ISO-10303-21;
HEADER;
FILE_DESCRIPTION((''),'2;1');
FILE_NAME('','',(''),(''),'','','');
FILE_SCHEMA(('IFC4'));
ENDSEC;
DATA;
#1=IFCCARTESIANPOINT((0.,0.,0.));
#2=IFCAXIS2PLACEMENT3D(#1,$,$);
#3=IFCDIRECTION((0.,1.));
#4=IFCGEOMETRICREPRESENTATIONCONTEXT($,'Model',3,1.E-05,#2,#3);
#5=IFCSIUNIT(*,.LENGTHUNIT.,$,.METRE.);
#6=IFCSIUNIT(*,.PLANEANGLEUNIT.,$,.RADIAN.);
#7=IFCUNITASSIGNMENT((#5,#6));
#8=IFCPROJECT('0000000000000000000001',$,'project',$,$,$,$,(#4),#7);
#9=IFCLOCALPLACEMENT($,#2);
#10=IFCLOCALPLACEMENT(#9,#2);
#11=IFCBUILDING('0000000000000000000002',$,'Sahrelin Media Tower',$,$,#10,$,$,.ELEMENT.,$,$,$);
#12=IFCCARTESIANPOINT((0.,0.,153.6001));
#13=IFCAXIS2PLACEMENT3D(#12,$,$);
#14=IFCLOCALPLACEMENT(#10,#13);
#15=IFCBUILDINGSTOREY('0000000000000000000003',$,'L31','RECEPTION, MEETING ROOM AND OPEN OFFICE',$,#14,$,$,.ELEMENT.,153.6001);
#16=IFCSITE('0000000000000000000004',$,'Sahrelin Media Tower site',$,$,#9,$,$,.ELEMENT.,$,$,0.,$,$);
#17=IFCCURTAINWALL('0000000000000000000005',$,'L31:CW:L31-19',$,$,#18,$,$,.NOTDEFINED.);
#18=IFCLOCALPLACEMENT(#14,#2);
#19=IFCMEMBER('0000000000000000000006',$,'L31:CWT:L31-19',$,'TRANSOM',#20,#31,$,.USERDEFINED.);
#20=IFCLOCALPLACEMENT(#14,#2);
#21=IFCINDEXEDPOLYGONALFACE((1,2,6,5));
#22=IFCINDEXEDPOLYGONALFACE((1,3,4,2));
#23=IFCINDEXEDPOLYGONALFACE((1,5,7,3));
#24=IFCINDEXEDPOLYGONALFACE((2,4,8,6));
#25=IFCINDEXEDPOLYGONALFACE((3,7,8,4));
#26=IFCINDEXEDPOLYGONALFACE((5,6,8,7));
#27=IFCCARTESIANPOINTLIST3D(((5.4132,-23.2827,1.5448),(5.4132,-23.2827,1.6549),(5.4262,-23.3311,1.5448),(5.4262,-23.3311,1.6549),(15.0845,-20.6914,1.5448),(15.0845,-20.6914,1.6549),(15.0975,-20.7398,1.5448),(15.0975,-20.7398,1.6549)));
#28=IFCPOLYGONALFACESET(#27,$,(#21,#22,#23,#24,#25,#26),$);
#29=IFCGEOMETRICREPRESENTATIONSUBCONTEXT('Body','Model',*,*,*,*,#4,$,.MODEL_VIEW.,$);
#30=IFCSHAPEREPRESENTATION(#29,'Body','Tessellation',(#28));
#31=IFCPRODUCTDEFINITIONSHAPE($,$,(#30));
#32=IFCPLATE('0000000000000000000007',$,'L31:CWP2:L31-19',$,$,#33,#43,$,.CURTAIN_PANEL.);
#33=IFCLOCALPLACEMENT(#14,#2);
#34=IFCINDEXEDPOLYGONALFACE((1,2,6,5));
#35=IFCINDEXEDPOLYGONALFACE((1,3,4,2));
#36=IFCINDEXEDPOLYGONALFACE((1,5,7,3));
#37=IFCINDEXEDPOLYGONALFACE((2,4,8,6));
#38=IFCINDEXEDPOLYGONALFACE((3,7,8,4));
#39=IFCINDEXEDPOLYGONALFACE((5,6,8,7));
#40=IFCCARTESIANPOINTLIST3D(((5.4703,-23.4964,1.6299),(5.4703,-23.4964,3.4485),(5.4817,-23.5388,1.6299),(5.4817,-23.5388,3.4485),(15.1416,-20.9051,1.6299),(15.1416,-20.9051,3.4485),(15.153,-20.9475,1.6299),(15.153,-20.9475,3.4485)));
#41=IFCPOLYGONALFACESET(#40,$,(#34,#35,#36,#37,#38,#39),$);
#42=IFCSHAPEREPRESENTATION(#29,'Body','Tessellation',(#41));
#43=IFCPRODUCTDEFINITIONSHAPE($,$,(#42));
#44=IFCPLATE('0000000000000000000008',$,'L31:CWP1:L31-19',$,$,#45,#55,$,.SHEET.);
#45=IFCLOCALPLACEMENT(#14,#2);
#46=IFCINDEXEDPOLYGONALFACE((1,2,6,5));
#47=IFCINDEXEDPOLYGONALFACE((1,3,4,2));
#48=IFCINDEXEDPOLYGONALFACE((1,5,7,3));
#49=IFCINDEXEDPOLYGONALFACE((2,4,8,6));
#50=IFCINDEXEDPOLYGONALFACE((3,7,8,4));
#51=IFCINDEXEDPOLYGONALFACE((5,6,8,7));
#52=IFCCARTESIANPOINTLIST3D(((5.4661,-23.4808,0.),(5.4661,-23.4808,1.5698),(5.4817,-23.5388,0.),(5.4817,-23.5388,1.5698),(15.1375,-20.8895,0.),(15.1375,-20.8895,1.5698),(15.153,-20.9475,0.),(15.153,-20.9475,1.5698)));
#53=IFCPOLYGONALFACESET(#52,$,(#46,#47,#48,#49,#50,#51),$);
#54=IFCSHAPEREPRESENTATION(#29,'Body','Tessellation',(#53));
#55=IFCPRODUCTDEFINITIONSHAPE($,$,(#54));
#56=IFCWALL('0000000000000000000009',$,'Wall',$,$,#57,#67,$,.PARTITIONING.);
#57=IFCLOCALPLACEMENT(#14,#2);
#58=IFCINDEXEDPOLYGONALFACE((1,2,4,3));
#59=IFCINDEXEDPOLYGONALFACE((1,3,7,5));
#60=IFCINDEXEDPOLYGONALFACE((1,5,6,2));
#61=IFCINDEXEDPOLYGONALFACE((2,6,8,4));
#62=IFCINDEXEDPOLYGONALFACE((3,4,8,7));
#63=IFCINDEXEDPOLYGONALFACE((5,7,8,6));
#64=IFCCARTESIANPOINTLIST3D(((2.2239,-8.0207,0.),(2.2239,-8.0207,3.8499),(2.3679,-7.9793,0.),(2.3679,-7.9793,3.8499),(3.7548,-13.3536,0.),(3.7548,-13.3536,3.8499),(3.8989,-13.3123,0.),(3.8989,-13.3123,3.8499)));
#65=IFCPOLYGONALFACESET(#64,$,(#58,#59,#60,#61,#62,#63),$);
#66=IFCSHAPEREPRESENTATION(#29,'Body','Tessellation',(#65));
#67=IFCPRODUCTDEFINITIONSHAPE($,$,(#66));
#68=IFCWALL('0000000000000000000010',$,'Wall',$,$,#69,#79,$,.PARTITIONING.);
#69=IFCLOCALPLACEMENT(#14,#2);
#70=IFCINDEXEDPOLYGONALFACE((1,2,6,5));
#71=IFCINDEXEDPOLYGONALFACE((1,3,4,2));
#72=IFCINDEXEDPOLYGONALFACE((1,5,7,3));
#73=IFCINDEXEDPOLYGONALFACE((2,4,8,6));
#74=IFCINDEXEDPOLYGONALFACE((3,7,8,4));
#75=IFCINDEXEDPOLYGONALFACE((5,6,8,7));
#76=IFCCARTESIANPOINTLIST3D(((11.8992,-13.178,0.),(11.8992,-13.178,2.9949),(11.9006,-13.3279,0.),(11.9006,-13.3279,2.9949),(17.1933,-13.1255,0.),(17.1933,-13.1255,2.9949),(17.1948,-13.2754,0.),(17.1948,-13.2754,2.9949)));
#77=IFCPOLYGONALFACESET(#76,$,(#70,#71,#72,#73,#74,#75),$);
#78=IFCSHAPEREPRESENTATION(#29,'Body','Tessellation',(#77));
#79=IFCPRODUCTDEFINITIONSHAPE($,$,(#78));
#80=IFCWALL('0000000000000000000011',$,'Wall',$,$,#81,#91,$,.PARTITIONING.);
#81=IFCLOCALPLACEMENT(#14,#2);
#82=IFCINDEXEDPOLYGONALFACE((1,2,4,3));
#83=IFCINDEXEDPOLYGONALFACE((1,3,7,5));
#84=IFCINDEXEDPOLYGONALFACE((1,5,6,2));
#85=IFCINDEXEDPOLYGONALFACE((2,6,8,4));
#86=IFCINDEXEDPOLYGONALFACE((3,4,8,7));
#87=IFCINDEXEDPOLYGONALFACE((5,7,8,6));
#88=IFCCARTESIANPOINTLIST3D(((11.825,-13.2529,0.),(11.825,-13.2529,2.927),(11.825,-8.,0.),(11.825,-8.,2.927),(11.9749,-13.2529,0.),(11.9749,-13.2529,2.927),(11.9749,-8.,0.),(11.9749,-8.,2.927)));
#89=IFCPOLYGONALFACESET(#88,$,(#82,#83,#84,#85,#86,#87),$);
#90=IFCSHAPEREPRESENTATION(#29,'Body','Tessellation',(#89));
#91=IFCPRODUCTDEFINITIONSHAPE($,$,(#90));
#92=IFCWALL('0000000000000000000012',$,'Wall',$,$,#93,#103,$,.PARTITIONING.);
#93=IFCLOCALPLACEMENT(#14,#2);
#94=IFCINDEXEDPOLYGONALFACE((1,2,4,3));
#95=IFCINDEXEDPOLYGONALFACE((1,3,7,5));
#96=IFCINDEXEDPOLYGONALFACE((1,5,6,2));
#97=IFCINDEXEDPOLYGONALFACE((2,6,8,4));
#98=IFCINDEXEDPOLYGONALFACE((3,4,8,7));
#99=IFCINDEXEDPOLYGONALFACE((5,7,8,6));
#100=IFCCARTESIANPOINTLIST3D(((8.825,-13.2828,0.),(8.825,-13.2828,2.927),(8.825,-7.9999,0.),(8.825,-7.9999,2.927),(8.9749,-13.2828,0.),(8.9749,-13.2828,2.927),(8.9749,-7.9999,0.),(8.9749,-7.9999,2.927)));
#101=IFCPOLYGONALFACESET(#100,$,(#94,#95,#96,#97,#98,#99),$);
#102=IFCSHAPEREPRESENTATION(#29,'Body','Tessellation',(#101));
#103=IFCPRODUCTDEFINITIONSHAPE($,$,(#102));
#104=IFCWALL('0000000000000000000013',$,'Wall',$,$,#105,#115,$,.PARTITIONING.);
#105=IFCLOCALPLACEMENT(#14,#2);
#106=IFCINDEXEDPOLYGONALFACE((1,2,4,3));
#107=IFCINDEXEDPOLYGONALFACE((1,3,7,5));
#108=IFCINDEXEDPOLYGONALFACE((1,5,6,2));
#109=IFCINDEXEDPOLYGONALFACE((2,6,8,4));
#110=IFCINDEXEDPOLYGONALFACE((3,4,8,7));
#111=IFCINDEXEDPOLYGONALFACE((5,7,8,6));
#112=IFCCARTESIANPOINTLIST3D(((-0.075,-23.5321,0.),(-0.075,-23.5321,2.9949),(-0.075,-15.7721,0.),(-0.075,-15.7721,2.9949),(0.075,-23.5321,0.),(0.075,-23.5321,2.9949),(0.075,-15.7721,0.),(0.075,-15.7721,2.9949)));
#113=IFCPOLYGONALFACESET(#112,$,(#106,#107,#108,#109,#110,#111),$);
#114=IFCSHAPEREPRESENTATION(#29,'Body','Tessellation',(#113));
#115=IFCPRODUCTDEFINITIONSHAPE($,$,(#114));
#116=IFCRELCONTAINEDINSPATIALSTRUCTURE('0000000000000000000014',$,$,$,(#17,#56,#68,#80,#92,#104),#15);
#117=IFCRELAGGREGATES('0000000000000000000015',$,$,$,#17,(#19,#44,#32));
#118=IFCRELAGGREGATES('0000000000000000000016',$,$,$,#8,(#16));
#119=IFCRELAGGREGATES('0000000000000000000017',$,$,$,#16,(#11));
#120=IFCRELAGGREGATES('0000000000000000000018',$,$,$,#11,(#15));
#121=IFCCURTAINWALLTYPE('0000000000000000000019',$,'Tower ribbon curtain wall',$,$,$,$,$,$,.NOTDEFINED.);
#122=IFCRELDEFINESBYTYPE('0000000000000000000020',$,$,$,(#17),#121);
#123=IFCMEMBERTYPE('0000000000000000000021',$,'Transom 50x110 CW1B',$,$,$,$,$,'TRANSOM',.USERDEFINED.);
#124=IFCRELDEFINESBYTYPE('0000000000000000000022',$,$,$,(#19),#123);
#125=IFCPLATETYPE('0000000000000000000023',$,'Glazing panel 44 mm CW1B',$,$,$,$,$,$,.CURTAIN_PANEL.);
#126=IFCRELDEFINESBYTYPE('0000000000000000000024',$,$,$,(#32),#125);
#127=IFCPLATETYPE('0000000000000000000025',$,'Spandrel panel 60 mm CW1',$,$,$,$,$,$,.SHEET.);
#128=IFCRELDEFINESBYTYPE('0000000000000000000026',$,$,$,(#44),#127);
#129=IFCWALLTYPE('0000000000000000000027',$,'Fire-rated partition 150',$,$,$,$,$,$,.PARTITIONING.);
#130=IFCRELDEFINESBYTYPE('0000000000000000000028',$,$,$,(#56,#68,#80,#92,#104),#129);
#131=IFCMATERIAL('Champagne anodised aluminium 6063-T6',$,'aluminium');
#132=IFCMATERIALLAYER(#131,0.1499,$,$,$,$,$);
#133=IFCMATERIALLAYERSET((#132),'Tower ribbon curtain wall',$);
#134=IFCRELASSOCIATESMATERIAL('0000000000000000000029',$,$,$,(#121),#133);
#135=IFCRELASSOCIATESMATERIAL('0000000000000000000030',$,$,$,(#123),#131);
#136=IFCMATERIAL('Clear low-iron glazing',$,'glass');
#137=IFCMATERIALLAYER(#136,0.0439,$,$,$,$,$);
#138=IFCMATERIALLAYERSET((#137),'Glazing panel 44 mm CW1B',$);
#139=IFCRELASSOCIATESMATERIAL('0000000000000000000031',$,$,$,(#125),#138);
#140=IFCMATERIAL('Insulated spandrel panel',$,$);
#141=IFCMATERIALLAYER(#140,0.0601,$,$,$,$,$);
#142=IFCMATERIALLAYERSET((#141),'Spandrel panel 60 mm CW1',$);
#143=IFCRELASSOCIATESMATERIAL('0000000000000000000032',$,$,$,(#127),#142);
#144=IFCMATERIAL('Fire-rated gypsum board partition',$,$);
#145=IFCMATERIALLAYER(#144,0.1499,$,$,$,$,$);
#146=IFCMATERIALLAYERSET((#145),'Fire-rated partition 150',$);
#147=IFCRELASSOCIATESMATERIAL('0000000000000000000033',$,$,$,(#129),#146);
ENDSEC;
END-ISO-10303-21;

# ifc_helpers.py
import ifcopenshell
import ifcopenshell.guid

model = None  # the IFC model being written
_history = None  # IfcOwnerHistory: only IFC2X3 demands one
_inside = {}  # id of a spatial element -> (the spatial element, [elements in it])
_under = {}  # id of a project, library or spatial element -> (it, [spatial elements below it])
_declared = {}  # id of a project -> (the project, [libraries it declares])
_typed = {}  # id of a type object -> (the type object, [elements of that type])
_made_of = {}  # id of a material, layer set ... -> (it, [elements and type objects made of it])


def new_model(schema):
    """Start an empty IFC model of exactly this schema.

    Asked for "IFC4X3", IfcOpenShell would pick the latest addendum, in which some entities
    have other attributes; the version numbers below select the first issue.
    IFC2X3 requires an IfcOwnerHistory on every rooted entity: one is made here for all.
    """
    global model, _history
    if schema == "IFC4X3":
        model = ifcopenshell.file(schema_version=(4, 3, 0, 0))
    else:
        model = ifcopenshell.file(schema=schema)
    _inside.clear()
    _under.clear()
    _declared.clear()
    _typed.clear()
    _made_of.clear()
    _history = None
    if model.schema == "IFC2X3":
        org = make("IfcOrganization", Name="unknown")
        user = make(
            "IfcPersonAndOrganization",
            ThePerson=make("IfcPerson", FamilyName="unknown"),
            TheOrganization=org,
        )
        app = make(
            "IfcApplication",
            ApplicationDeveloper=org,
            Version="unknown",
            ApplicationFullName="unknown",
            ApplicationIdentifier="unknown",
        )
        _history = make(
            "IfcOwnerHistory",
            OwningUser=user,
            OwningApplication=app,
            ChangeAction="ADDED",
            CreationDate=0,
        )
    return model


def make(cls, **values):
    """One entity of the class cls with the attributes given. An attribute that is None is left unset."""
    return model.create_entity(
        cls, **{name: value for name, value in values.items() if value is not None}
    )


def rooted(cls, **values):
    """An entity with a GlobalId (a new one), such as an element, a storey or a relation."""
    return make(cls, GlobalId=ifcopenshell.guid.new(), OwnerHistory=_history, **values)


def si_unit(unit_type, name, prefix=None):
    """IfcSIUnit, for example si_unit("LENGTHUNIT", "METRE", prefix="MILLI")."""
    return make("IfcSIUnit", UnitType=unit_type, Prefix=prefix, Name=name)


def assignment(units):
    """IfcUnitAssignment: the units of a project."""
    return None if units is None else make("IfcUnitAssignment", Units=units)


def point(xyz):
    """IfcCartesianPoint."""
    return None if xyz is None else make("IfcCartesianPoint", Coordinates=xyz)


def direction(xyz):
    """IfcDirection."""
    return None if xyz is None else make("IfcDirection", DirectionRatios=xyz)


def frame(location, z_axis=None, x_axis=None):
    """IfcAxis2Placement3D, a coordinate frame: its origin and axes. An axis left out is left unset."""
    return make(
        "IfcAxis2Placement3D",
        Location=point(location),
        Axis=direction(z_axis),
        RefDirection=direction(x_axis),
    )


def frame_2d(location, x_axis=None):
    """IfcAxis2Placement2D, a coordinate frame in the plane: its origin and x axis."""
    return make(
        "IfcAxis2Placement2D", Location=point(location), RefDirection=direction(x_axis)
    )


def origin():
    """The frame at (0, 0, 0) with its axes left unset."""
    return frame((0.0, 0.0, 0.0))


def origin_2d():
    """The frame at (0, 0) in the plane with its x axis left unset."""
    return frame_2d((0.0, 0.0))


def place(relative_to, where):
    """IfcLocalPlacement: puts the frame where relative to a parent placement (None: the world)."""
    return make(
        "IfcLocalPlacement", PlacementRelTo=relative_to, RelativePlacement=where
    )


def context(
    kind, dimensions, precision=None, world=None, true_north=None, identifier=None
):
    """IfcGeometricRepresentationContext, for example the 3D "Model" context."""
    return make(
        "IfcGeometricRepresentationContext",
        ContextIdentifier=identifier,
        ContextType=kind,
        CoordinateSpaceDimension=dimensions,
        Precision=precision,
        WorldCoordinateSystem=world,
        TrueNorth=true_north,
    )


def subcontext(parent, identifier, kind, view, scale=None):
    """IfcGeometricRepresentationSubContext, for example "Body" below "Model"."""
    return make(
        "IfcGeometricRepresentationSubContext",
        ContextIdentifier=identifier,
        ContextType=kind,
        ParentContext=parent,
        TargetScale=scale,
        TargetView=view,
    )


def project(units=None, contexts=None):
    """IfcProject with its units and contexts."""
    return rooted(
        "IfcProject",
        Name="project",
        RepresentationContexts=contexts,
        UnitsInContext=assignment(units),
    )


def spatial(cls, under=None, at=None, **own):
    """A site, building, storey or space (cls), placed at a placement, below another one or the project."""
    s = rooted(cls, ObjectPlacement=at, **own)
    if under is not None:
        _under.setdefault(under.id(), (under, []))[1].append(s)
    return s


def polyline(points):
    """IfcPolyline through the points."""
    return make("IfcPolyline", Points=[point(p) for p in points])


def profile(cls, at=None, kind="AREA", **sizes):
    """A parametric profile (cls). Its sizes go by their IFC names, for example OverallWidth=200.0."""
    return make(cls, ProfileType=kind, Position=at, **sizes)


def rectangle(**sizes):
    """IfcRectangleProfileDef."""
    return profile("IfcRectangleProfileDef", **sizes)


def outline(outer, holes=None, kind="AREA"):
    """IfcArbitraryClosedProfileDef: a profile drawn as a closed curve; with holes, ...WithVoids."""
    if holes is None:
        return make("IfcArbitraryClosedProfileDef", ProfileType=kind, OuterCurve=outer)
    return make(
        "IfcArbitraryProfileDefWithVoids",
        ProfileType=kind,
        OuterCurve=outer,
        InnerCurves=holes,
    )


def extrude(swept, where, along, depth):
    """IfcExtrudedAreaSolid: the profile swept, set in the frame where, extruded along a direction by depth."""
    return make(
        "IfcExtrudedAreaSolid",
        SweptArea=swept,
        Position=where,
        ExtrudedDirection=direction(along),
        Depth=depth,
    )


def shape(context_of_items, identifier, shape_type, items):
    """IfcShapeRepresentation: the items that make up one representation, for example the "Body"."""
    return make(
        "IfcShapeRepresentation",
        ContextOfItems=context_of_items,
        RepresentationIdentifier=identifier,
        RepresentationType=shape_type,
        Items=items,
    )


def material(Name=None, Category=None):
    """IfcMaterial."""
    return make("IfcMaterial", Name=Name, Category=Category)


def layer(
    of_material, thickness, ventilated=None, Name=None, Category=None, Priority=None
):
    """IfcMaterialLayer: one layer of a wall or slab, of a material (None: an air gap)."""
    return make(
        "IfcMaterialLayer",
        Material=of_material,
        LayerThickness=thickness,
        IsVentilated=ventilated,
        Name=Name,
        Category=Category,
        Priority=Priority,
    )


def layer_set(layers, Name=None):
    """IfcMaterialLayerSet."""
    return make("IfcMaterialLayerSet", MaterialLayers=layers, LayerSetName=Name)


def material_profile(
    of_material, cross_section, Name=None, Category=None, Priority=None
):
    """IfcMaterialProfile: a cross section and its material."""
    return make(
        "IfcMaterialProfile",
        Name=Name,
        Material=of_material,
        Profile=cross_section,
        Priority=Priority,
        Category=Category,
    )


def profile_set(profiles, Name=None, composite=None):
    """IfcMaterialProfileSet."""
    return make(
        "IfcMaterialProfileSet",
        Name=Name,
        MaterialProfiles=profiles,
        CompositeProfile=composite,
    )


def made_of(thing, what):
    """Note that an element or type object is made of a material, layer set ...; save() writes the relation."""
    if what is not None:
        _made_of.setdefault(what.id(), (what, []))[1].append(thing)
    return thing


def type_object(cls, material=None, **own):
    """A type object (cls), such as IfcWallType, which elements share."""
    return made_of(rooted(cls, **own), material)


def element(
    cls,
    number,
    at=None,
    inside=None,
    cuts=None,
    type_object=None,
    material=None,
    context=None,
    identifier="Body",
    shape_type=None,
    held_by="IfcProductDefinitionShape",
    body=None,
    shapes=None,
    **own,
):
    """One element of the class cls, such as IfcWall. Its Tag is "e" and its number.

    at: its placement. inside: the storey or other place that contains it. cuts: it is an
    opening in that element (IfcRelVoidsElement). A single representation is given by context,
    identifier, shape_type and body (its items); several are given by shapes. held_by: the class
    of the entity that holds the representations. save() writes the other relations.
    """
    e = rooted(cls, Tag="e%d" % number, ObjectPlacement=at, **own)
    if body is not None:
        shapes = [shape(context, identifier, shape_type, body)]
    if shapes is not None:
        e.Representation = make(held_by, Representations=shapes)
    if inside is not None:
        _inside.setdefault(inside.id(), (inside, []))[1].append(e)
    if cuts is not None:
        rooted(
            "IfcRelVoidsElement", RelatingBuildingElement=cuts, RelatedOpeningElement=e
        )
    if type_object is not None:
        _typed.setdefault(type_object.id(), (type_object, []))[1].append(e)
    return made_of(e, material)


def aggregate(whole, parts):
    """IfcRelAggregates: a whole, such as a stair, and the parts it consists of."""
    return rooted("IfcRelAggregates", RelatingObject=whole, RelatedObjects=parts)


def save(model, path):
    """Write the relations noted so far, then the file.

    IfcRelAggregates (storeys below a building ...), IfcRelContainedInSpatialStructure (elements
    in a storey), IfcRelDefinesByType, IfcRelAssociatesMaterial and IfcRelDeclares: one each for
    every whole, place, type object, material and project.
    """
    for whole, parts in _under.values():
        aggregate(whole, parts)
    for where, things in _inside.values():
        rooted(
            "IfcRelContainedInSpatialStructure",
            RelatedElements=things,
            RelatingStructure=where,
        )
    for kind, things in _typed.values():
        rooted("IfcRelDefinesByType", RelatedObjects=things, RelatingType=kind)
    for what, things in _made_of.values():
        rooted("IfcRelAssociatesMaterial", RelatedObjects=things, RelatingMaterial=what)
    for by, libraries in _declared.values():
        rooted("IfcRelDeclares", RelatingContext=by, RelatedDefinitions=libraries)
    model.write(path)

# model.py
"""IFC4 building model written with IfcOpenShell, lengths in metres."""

from ifc_helpers import new_model, si_unit, direction, frame, frame_2d, origin, origin_2d, place, context, subcontext, project, spatial, polyline, rectangle, outline, extrude, material, layer, layer_set, material_profile, profile_set, type_object, element, aggregate, save


model = new_model("IFC4")

# Units and contexts
model_context = context("Model", 3, precision=1e-05, world=origin(), true_north=direction((0.0, 1.0)))
body_context = subcontext(model_context, "Body", "Model", "MODEL_VIEW")
ifc_project = project(units=[si_unit("LENGTHUNIT", "METRE"), si_unit("PLANEANGLEUNIT", "RADIAN")], contexts=[model_context])

# Site, building, storey
site_placement = place(None, origin())
site = spatial("IfcSite", under=ifc_project, at=site_placement, Name="Sahrelin Media Tower site", CompositionType="ELEMENT", RefElevation=0.0)
building_placement = place(site_placement, origin())
building = spatial("IfcBuilding", under=site, at=building_placement, Name="Sahrelin Media Tower", CompositionType="ELEMENT")
storey_placement = place(building_placement, frame((0.0, 0.0, 153.6001)))
storey = spatial("IfcBuildingStorey", under=building, at=storey_placement, Name="L31", Description="RECEPTION, MEETING ROOM AND OPEN OFFICE", CompositionType="ELEMENT", Elevation=153.6001)

# Curtain wall
ifc_material_1 = material(Name="Champagne anodised aluminium 6063-T6", Category="aluminium")
ifc_layer_1 = layer(ifc_material_1, 0.1499)
ifc_layer_set_1 = layer_set([ifc_layer_1], Name="Tower ribbon curtain wall")
curtain_wall_type = type_object("IfcCurtainWallType", Name="Tower ribbon curtain wall", PredefinedType="NOTDEFINED", material=ifc_layer_set_1)
curtain_wall_1_placement = place(storey_placement, frame((10.3123, -22.2236, 0.0), z_axis=(0.0, 0.0, 1.0), x_axis=(1.0, 0.0, 0.0)))
curtain_wall_1 = element("IfcCurtainWall", 1, at=curtain_wall_1_placement, inside=storey, type_object=curtain_wall_type, Name="L31:CW:L31-19", PredefinedType="NOTDEFINED")

# Member
ifc_material_profile_1 = material_profile(ifc_material_1, rectangle(XDim=0.05, YDim=0.1101, at=origin_2d()), Name="Transom 50x110")
ifc_profile_set_1 = profile_set([ifc_material_profile_1], Name="Champagne anodised aluminium 6063-T6")
member_type_1 = type_object("IfcMemberType", Name="Transom 50x110 CW1B", ElementType="TRANSOM", PredefinedType="USERDEFINED", material=ifc_profile_set_1)
member_1_placement = place(storey_placement, frame((5.4197, -23.3069, 1.5999), z_axis=(0.965929, 0.258807, 0.0), x_axis=(-0.258807, 0.965929, 0.0)))
member_1 = element("IfcMember", 2, at=member_1_placement, type_object=member_type_1, Name="L31:CWT:L31-19", ObjectType="TRANSOM", PredefinedType="USERDEFINED", context=body_context, shape_type="SweptSolid", body=[
    extrude(rectangle(XDim=0.05, YDim=0.1101, at=origin_2d()), origin(), (0.0, 0.0, 1.0), 10.0125),
])

# Plates
ifc_material_2 = material(Name="Clear low-iron glazing", Category="glass")
ifc_layer_2 = layer(ifc_material_2, 0.0439)
ifc_layer_set_2 = layer_set([ifc_layer_2], Name="Glazing panel 44 mm CW1B")
plate_type_1 = type_object("IfcPlateType", Name="Glazing panel 44 mm CW1B", PredefinedType="CURTAIN_PANEL", material=ifc_layer_set_2)
plate_1_placement = place(storey_placement, frame((5.4817, -23.5388, 1.6299), z_axis=(0.258807, -0.965929, 0.0), x_axis=(0.965929, 0.258807, 0.0)))
plate_1 = element("IfcPlate", 3, at=plate_1_placement, type_object=plate_type_1, Name="L31:CWP2:L31-19", PredefinedType="CURTAIN_PANEL", context=body_context, shape_type="SweptSolid", body=[
    extrude(outline(polyline([(0.0, 0.0), (10.0125, 0.0), (10.0125, 1.8186), (0.0, 1.8186), (0.0, 0.0)])), origin(), (0.0, 0.0, -1.0), 0.0439),
])
ifc_material_3 = material(Name="Insulated spandrel panel")
ifc_layer_3 = layer(ifc_material_3, 0.0601)
ifc_layer_set_3 = layer_set([ifc_layer_3], Name="Spandrel panel 60 mm CW1")
plate_type_2 = type_object("IfcPlateType", Name="Spandrel panel 60 mm CW1", PredefinedType="SHEET", material=ifc_layer_set_3)
plate_2_placement = place(storey_placement, frame((5.4817, -23.5388, 0.0), z_axis=(0.258807, -0.965929, 0.0), x_axis=(0.965929, 0.258807, 0.0)))
plate_2 = element("IfcPlate", 4, at=plate_2_placement, type_object=plate_type_2, Name="L31:CWP1:L31-19", PredefinedType="SHEET", context=body_context, shape_type="SweptSolid", body=[
    extrude(outline(polyline([(0.0, 0.0), (10.0125, 0.0), (10.0125, 1.5698), (0.0, 1.5698), (0.0, 0.0)])), origin(), (0.0, 0.0, -1.0), 0.0601),
])
aggregate(curtain_wall_1, [member_1, plate_2, plate_1])

# Walls
ifc_material_4 = material(Name="Fire-rated gypsum board partition")
ifc_layer_4 = layer(ifc_material_4, 0.1499)
ifc_layer_set_4 = layer_set([ifc_layer_4], Name="Fire-rated partition 150")
wall_type_1 = type_object("IfcWallType", Name="Fire-rated partition 150", PredefinedType="PARTITIONING", material=ifc_layer_set_4)
wall_1_placement = place(storey_placement, frame((2.2959, -8.0, 0.0), z_axis=(0.0, 0.0, 1.0), x_axis=(0.275936, -0.961176, 0.0)))
element("IfcWall", 5, at=wall_1_placement, inside=storey, type_object=wall_type_1, Name="Wall", PredefinedType="PARTITIONING", context=body_context, shape_type="SweptSolid", body=[
    extrude(rectangle(XDim=5.5483, YDim=0.1499, at=frame_2d((2.7742, 0.0))), origin(), (0.0, 0.0, 1.0), 3.8499),
])
wall_2_placement = place(storey_placement, frame((11.8999, -13.2529, 0.0), z_axis=(0.0, 0.0, 1.0), x_axis=(0.999951, 0.009914, 0.0)))
element("IfcWall", 6, at=wall_2_placement, inside=storey, type_object=wall_type_1, Name="Wall", PredefinedType="PARTITIONING", context=body_context, shape_type="SweptSolid", body=[
    extrude(rectangle(XDim=5.2944, YDim=0.1499, at=frame_2d((2.6472, 0.0))), origin(), (0.0, 0.0, 1.0), 2.9949),
])
wall_3_placement = place(storey_placement, frame((11.8999, -13.2529, 0.0), z_axis=(0.0, 0.0, 1.0), x_axis=(0.0, 1.0, 0.0)))
element("IfcWall", 7, at=wall_3_placement, inside=storey, type_object=wall_type_1, Name="Wall", PredefinedType="PARTITIONING", context=body_context, shape_type="SweptSolid", body=[
    extrude(rectangle(XDim=5.2529, YDim=0.1499, at=frame_2d((2.6265, 0.0))), origin(), (0.0, 0.0, 1.0), 2.927),
])
wall_4_placement = place(storey_placement, frame((8.8999, -13.283, 0.0), z_axis=(0.0, 0.0, 1.0), x_axis=(0.0, 1.0, 0.0)))
element("IfcWall", 8, at=wall_4_placement, inside=storey, type_object=wall_type_1, Name="Wall", PredefinedType="PARTITIONING", context=body_context, shape_type="SweptSolid", body=[
    extrude(rectangle(XDim=5.283, YDim=0.1499, at=frame_2d((2.6416, 0.0))), origin(), (0.0, 0.0, 1.0), 2.927),
])
wall_5_placement = place(storey_placement, frame((0.0, -23.532, 0.0), z_axis=(0.0, 0.0, 1.0), x_axis=(0.0, 1.0, 0.0)))
element("IfcWall", 9, at=wall_5_placement, inside=storey, type_object=wall_type_1, Name="Wall", PredefinedType="PARTITIONING", context=body_context, shape_type="SweptSolid", body=[
    extrude(rectangle(XDim=7.76, YDim=0.1499, at=frame_2d((3.8799, 0.0))), origin(), (0.0, 0.0, 1.0), 2.9949),
])

save(model, "model.ifc")
